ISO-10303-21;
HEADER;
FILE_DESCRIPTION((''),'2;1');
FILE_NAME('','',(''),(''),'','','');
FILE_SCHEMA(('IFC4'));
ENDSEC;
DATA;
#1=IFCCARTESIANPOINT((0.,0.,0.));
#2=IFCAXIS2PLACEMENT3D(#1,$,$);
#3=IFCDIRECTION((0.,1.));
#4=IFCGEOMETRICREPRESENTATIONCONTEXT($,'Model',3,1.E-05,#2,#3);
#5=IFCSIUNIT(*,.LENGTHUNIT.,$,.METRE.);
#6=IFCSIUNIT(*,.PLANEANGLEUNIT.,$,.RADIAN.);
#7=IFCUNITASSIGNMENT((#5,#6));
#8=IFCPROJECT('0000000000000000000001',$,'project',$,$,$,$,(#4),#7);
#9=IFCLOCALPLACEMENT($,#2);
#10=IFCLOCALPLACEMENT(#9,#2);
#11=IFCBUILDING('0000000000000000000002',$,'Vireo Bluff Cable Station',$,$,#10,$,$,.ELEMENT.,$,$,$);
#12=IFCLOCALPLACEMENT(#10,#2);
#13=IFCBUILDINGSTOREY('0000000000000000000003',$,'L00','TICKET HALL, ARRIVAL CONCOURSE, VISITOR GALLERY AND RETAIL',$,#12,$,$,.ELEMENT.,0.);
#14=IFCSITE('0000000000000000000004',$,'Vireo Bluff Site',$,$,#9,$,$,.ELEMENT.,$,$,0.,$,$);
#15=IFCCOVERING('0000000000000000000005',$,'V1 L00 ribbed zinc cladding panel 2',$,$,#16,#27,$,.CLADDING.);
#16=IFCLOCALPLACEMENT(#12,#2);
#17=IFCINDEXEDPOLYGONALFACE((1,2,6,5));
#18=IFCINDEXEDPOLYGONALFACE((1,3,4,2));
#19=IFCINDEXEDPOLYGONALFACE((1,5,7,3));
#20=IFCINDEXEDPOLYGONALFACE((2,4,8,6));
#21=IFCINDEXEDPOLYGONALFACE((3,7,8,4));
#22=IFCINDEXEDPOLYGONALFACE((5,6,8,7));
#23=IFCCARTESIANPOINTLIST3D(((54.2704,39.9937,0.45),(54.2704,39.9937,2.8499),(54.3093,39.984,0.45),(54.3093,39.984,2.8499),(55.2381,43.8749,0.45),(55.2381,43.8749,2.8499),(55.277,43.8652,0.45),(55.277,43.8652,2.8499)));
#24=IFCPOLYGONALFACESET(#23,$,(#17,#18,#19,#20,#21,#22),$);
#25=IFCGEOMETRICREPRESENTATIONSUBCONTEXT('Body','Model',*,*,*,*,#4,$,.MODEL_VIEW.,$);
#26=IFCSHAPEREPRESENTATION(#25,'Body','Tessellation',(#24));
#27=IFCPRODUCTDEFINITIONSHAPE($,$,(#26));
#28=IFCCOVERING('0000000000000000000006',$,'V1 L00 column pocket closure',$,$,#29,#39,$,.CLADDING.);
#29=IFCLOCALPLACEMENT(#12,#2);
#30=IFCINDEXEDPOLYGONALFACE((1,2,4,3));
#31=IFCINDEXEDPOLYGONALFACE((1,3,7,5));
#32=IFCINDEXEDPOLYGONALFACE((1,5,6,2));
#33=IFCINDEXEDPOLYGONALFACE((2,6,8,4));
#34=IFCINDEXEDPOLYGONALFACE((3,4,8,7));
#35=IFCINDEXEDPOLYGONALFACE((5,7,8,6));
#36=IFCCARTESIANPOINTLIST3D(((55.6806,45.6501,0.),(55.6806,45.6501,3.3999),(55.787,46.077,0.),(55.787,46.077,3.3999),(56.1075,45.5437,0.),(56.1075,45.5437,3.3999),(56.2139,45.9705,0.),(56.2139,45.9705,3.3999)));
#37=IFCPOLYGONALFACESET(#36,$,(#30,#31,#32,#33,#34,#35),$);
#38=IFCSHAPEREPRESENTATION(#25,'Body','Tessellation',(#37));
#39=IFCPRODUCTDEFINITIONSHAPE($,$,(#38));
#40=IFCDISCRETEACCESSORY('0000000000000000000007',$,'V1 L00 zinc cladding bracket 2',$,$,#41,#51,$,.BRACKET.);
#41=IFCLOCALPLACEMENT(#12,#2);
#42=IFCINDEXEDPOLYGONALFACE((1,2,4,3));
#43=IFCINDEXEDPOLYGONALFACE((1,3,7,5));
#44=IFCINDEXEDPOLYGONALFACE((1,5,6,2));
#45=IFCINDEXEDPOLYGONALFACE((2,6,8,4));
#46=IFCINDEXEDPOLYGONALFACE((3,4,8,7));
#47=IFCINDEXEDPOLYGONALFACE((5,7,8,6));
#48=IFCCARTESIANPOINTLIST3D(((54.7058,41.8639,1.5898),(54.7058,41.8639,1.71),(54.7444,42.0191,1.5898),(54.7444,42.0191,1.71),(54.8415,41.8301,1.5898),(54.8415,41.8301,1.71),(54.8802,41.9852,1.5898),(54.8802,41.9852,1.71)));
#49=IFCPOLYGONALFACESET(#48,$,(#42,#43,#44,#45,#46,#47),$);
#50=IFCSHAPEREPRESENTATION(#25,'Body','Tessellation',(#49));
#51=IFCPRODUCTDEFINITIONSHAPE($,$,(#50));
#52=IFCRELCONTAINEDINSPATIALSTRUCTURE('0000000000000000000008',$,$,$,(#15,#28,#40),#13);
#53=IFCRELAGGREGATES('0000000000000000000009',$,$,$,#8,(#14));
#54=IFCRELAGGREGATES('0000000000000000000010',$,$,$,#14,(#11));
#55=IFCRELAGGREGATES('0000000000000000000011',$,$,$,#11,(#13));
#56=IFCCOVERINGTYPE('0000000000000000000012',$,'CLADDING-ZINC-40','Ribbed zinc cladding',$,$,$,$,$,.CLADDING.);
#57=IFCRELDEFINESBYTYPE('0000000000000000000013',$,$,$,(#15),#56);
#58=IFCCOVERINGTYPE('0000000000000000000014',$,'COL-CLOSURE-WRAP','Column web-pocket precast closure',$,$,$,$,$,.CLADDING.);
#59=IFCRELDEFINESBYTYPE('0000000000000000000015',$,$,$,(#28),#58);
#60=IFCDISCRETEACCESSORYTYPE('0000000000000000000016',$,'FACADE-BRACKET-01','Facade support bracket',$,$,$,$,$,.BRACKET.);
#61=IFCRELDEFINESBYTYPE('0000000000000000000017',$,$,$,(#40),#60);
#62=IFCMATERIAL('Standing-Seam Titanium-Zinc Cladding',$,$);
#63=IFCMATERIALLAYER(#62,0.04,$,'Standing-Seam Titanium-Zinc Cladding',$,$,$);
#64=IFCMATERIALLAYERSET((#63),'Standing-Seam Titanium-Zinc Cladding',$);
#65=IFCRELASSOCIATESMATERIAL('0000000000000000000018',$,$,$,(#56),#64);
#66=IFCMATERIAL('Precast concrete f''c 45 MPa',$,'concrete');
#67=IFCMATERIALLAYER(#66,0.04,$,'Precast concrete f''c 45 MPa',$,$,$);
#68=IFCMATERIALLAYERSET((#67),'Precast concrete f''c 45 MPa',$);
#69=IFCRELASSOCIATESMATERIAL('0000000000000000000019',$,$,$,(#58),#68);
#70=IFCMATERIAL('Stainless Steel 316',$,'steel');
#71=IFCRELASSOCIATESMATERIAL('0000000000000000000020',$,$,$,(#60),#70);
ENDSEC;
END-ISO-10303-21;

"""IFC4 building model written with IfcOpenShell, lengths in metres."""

from ifc_helpers import new_model, si_unit, direction, frame, origin, origin_2d, place, context, subcontext, project, spatial, rectangle, extrude, material, layer, layer_set, type_object, element, save


model = new_model("IFC4")

# Units and contexts
model_context = context("Model", 3, precision=1e-05, world=origin(), true_north=direction((0.0, 1.0)))
body_context = subcontext(model_context, "Body", "Model", "MODEL_VIEW")
ifc_project = project(units=[si_unit("LENGTHUNIT", "METRE"), si_unit("PLANEANGLEUNIT", "RADIAN")], contexts=[model_context])

# Site, building, storey
site_placement = place(None, origin())
site = spatial("IfcSite", under=ifc_project, at=site_placement, Name="Vireo Bluff Site", CompositionType="ELEMENT", RefElevation=0.0)
building_placement = place(site_placement, origin())
building = spatial("IfcBuilding", under=site, at=building_placement, Name="Vireo Bluff Cable Station", CompositionType="ELEMENT")
storey_placement = place(building_placement, origin())
storey = spatial("IfcBuildingStorey", under=building, at=storey_placement, Name="L00", Description="TICKET HALL, ARRIVAL CONCOURSE, VISITOR GALLERY AND RETAIL", CompositionType="ELEMENT", Elevation=0.0)

# Shared definitions
ifc_material_1 = material(Name="Stainless Steel 316", Category="steel")

# Coverings
ifc_material_2 = material(Name="Standing-Seam Titanium-Zinc Cladding")
ifc_layer_1 = layer(ifc_material_2, 0.04, Name="Standing-Seam Titanium-Zinc Cladding")
ifc_layer_set_1 = layer_set([ifc_layer_1], Name="Standing-Seam Titanium-Zinc Cladding")
covering_type_1 = type_object("IfcCoveringType", Name="CLADDING-ZINC-40", Description="Ribbed zinc cladding", PredefinedType="CLADDING", material=ifc_layer_set_1)
covering_1_placement = place(storey_placement, frame((54.7737, 41.9294, 0.45), z_axis=(0.0, 0.0, 1.0), x_axis=(0.241922, 0.970296, 0.0)))
element("IfcCovering", 1, at=covering_1_placement, inside=storey, type_object=covering_type_1, Name="V1 L00 ribbed zinc cladding panel 2", PredefinedType="CLADDING", context=body_context, shape_type="SweptSolid", body=[
    extrude(rectangle(XDim=4.0, YDim=0.04, at=origin_2d()), origin(), (0.0, 0.0, 1.0), 2.3999),
])
ifc_material_3 = material(Name="Precast concrete f'c 45 MPa", Category="concrete")
ifc_layer_2 = layer(ifc_material_3, 0.04, Name="Precast concrete f'c 45 MPa")
ifc_layer_set_2 = layer_set([ifc_layer_2], Name="Precast concrete f'c 45 MPa")
covering_type_2 = type_object("IfcCoveringType", Name="COL-CLOSURE-WRAP", Description="Column web-pocket precast closure", PredefinedType="CLADDING", material=ifc_layer_set_2)
covering_2_placement = place(storey_placement, frame((55.9473, 45.8103, 0.0), z_axis=(0.0, 0.0, 1.0), x_axis=(0.970296, -0.241922, 0.0)))
element("IfcCovering", 2, at=covering_2_placement, inside=storey, type_object=covering_type_2, Name="V1 L00 column pocket closure", PredefinedType="CLADDING", context=body_context, shape_type="SweptSolid", body=[
    extrude(rectangle(XDim=0.4399, YDim=0.4399, at=origin_2d()), origin(), (0.0, 0.0, 1.0), 3.3999),
])

# Discrete accessory
discrete_accessory_type = type_object("IfcDiscreteAccessoryType", Name="FACADE-BRACKET-01", Description="Facade support bracket", PredefinedType="BRACKET", material=ifc_material_1)
discrete_accessory_placement = place(storey_placement, frame((54.793, 41.9246, 1.5898), z_axis=(0.0, 0.0, 1.0), x_axis=(0.241922, 0.970296, 0.0)))
element("IfcDiscreteAccessory", 3, at=discrete_accessory_placement, inside=storey, type_object=discrete_accessory_type, Name="V1 L00 zinc cladding bracket 2", PredefinedType="BRACKET", context=body_context, shape_type="SweptSolid", body=[
    extrude(rectangle(XDim=0.1599, YDim=0.1399, at=origin_2d()), origin(), (0.0, 0.0, 1.0), 0.1201),
])

save(model, "model.ifc")
